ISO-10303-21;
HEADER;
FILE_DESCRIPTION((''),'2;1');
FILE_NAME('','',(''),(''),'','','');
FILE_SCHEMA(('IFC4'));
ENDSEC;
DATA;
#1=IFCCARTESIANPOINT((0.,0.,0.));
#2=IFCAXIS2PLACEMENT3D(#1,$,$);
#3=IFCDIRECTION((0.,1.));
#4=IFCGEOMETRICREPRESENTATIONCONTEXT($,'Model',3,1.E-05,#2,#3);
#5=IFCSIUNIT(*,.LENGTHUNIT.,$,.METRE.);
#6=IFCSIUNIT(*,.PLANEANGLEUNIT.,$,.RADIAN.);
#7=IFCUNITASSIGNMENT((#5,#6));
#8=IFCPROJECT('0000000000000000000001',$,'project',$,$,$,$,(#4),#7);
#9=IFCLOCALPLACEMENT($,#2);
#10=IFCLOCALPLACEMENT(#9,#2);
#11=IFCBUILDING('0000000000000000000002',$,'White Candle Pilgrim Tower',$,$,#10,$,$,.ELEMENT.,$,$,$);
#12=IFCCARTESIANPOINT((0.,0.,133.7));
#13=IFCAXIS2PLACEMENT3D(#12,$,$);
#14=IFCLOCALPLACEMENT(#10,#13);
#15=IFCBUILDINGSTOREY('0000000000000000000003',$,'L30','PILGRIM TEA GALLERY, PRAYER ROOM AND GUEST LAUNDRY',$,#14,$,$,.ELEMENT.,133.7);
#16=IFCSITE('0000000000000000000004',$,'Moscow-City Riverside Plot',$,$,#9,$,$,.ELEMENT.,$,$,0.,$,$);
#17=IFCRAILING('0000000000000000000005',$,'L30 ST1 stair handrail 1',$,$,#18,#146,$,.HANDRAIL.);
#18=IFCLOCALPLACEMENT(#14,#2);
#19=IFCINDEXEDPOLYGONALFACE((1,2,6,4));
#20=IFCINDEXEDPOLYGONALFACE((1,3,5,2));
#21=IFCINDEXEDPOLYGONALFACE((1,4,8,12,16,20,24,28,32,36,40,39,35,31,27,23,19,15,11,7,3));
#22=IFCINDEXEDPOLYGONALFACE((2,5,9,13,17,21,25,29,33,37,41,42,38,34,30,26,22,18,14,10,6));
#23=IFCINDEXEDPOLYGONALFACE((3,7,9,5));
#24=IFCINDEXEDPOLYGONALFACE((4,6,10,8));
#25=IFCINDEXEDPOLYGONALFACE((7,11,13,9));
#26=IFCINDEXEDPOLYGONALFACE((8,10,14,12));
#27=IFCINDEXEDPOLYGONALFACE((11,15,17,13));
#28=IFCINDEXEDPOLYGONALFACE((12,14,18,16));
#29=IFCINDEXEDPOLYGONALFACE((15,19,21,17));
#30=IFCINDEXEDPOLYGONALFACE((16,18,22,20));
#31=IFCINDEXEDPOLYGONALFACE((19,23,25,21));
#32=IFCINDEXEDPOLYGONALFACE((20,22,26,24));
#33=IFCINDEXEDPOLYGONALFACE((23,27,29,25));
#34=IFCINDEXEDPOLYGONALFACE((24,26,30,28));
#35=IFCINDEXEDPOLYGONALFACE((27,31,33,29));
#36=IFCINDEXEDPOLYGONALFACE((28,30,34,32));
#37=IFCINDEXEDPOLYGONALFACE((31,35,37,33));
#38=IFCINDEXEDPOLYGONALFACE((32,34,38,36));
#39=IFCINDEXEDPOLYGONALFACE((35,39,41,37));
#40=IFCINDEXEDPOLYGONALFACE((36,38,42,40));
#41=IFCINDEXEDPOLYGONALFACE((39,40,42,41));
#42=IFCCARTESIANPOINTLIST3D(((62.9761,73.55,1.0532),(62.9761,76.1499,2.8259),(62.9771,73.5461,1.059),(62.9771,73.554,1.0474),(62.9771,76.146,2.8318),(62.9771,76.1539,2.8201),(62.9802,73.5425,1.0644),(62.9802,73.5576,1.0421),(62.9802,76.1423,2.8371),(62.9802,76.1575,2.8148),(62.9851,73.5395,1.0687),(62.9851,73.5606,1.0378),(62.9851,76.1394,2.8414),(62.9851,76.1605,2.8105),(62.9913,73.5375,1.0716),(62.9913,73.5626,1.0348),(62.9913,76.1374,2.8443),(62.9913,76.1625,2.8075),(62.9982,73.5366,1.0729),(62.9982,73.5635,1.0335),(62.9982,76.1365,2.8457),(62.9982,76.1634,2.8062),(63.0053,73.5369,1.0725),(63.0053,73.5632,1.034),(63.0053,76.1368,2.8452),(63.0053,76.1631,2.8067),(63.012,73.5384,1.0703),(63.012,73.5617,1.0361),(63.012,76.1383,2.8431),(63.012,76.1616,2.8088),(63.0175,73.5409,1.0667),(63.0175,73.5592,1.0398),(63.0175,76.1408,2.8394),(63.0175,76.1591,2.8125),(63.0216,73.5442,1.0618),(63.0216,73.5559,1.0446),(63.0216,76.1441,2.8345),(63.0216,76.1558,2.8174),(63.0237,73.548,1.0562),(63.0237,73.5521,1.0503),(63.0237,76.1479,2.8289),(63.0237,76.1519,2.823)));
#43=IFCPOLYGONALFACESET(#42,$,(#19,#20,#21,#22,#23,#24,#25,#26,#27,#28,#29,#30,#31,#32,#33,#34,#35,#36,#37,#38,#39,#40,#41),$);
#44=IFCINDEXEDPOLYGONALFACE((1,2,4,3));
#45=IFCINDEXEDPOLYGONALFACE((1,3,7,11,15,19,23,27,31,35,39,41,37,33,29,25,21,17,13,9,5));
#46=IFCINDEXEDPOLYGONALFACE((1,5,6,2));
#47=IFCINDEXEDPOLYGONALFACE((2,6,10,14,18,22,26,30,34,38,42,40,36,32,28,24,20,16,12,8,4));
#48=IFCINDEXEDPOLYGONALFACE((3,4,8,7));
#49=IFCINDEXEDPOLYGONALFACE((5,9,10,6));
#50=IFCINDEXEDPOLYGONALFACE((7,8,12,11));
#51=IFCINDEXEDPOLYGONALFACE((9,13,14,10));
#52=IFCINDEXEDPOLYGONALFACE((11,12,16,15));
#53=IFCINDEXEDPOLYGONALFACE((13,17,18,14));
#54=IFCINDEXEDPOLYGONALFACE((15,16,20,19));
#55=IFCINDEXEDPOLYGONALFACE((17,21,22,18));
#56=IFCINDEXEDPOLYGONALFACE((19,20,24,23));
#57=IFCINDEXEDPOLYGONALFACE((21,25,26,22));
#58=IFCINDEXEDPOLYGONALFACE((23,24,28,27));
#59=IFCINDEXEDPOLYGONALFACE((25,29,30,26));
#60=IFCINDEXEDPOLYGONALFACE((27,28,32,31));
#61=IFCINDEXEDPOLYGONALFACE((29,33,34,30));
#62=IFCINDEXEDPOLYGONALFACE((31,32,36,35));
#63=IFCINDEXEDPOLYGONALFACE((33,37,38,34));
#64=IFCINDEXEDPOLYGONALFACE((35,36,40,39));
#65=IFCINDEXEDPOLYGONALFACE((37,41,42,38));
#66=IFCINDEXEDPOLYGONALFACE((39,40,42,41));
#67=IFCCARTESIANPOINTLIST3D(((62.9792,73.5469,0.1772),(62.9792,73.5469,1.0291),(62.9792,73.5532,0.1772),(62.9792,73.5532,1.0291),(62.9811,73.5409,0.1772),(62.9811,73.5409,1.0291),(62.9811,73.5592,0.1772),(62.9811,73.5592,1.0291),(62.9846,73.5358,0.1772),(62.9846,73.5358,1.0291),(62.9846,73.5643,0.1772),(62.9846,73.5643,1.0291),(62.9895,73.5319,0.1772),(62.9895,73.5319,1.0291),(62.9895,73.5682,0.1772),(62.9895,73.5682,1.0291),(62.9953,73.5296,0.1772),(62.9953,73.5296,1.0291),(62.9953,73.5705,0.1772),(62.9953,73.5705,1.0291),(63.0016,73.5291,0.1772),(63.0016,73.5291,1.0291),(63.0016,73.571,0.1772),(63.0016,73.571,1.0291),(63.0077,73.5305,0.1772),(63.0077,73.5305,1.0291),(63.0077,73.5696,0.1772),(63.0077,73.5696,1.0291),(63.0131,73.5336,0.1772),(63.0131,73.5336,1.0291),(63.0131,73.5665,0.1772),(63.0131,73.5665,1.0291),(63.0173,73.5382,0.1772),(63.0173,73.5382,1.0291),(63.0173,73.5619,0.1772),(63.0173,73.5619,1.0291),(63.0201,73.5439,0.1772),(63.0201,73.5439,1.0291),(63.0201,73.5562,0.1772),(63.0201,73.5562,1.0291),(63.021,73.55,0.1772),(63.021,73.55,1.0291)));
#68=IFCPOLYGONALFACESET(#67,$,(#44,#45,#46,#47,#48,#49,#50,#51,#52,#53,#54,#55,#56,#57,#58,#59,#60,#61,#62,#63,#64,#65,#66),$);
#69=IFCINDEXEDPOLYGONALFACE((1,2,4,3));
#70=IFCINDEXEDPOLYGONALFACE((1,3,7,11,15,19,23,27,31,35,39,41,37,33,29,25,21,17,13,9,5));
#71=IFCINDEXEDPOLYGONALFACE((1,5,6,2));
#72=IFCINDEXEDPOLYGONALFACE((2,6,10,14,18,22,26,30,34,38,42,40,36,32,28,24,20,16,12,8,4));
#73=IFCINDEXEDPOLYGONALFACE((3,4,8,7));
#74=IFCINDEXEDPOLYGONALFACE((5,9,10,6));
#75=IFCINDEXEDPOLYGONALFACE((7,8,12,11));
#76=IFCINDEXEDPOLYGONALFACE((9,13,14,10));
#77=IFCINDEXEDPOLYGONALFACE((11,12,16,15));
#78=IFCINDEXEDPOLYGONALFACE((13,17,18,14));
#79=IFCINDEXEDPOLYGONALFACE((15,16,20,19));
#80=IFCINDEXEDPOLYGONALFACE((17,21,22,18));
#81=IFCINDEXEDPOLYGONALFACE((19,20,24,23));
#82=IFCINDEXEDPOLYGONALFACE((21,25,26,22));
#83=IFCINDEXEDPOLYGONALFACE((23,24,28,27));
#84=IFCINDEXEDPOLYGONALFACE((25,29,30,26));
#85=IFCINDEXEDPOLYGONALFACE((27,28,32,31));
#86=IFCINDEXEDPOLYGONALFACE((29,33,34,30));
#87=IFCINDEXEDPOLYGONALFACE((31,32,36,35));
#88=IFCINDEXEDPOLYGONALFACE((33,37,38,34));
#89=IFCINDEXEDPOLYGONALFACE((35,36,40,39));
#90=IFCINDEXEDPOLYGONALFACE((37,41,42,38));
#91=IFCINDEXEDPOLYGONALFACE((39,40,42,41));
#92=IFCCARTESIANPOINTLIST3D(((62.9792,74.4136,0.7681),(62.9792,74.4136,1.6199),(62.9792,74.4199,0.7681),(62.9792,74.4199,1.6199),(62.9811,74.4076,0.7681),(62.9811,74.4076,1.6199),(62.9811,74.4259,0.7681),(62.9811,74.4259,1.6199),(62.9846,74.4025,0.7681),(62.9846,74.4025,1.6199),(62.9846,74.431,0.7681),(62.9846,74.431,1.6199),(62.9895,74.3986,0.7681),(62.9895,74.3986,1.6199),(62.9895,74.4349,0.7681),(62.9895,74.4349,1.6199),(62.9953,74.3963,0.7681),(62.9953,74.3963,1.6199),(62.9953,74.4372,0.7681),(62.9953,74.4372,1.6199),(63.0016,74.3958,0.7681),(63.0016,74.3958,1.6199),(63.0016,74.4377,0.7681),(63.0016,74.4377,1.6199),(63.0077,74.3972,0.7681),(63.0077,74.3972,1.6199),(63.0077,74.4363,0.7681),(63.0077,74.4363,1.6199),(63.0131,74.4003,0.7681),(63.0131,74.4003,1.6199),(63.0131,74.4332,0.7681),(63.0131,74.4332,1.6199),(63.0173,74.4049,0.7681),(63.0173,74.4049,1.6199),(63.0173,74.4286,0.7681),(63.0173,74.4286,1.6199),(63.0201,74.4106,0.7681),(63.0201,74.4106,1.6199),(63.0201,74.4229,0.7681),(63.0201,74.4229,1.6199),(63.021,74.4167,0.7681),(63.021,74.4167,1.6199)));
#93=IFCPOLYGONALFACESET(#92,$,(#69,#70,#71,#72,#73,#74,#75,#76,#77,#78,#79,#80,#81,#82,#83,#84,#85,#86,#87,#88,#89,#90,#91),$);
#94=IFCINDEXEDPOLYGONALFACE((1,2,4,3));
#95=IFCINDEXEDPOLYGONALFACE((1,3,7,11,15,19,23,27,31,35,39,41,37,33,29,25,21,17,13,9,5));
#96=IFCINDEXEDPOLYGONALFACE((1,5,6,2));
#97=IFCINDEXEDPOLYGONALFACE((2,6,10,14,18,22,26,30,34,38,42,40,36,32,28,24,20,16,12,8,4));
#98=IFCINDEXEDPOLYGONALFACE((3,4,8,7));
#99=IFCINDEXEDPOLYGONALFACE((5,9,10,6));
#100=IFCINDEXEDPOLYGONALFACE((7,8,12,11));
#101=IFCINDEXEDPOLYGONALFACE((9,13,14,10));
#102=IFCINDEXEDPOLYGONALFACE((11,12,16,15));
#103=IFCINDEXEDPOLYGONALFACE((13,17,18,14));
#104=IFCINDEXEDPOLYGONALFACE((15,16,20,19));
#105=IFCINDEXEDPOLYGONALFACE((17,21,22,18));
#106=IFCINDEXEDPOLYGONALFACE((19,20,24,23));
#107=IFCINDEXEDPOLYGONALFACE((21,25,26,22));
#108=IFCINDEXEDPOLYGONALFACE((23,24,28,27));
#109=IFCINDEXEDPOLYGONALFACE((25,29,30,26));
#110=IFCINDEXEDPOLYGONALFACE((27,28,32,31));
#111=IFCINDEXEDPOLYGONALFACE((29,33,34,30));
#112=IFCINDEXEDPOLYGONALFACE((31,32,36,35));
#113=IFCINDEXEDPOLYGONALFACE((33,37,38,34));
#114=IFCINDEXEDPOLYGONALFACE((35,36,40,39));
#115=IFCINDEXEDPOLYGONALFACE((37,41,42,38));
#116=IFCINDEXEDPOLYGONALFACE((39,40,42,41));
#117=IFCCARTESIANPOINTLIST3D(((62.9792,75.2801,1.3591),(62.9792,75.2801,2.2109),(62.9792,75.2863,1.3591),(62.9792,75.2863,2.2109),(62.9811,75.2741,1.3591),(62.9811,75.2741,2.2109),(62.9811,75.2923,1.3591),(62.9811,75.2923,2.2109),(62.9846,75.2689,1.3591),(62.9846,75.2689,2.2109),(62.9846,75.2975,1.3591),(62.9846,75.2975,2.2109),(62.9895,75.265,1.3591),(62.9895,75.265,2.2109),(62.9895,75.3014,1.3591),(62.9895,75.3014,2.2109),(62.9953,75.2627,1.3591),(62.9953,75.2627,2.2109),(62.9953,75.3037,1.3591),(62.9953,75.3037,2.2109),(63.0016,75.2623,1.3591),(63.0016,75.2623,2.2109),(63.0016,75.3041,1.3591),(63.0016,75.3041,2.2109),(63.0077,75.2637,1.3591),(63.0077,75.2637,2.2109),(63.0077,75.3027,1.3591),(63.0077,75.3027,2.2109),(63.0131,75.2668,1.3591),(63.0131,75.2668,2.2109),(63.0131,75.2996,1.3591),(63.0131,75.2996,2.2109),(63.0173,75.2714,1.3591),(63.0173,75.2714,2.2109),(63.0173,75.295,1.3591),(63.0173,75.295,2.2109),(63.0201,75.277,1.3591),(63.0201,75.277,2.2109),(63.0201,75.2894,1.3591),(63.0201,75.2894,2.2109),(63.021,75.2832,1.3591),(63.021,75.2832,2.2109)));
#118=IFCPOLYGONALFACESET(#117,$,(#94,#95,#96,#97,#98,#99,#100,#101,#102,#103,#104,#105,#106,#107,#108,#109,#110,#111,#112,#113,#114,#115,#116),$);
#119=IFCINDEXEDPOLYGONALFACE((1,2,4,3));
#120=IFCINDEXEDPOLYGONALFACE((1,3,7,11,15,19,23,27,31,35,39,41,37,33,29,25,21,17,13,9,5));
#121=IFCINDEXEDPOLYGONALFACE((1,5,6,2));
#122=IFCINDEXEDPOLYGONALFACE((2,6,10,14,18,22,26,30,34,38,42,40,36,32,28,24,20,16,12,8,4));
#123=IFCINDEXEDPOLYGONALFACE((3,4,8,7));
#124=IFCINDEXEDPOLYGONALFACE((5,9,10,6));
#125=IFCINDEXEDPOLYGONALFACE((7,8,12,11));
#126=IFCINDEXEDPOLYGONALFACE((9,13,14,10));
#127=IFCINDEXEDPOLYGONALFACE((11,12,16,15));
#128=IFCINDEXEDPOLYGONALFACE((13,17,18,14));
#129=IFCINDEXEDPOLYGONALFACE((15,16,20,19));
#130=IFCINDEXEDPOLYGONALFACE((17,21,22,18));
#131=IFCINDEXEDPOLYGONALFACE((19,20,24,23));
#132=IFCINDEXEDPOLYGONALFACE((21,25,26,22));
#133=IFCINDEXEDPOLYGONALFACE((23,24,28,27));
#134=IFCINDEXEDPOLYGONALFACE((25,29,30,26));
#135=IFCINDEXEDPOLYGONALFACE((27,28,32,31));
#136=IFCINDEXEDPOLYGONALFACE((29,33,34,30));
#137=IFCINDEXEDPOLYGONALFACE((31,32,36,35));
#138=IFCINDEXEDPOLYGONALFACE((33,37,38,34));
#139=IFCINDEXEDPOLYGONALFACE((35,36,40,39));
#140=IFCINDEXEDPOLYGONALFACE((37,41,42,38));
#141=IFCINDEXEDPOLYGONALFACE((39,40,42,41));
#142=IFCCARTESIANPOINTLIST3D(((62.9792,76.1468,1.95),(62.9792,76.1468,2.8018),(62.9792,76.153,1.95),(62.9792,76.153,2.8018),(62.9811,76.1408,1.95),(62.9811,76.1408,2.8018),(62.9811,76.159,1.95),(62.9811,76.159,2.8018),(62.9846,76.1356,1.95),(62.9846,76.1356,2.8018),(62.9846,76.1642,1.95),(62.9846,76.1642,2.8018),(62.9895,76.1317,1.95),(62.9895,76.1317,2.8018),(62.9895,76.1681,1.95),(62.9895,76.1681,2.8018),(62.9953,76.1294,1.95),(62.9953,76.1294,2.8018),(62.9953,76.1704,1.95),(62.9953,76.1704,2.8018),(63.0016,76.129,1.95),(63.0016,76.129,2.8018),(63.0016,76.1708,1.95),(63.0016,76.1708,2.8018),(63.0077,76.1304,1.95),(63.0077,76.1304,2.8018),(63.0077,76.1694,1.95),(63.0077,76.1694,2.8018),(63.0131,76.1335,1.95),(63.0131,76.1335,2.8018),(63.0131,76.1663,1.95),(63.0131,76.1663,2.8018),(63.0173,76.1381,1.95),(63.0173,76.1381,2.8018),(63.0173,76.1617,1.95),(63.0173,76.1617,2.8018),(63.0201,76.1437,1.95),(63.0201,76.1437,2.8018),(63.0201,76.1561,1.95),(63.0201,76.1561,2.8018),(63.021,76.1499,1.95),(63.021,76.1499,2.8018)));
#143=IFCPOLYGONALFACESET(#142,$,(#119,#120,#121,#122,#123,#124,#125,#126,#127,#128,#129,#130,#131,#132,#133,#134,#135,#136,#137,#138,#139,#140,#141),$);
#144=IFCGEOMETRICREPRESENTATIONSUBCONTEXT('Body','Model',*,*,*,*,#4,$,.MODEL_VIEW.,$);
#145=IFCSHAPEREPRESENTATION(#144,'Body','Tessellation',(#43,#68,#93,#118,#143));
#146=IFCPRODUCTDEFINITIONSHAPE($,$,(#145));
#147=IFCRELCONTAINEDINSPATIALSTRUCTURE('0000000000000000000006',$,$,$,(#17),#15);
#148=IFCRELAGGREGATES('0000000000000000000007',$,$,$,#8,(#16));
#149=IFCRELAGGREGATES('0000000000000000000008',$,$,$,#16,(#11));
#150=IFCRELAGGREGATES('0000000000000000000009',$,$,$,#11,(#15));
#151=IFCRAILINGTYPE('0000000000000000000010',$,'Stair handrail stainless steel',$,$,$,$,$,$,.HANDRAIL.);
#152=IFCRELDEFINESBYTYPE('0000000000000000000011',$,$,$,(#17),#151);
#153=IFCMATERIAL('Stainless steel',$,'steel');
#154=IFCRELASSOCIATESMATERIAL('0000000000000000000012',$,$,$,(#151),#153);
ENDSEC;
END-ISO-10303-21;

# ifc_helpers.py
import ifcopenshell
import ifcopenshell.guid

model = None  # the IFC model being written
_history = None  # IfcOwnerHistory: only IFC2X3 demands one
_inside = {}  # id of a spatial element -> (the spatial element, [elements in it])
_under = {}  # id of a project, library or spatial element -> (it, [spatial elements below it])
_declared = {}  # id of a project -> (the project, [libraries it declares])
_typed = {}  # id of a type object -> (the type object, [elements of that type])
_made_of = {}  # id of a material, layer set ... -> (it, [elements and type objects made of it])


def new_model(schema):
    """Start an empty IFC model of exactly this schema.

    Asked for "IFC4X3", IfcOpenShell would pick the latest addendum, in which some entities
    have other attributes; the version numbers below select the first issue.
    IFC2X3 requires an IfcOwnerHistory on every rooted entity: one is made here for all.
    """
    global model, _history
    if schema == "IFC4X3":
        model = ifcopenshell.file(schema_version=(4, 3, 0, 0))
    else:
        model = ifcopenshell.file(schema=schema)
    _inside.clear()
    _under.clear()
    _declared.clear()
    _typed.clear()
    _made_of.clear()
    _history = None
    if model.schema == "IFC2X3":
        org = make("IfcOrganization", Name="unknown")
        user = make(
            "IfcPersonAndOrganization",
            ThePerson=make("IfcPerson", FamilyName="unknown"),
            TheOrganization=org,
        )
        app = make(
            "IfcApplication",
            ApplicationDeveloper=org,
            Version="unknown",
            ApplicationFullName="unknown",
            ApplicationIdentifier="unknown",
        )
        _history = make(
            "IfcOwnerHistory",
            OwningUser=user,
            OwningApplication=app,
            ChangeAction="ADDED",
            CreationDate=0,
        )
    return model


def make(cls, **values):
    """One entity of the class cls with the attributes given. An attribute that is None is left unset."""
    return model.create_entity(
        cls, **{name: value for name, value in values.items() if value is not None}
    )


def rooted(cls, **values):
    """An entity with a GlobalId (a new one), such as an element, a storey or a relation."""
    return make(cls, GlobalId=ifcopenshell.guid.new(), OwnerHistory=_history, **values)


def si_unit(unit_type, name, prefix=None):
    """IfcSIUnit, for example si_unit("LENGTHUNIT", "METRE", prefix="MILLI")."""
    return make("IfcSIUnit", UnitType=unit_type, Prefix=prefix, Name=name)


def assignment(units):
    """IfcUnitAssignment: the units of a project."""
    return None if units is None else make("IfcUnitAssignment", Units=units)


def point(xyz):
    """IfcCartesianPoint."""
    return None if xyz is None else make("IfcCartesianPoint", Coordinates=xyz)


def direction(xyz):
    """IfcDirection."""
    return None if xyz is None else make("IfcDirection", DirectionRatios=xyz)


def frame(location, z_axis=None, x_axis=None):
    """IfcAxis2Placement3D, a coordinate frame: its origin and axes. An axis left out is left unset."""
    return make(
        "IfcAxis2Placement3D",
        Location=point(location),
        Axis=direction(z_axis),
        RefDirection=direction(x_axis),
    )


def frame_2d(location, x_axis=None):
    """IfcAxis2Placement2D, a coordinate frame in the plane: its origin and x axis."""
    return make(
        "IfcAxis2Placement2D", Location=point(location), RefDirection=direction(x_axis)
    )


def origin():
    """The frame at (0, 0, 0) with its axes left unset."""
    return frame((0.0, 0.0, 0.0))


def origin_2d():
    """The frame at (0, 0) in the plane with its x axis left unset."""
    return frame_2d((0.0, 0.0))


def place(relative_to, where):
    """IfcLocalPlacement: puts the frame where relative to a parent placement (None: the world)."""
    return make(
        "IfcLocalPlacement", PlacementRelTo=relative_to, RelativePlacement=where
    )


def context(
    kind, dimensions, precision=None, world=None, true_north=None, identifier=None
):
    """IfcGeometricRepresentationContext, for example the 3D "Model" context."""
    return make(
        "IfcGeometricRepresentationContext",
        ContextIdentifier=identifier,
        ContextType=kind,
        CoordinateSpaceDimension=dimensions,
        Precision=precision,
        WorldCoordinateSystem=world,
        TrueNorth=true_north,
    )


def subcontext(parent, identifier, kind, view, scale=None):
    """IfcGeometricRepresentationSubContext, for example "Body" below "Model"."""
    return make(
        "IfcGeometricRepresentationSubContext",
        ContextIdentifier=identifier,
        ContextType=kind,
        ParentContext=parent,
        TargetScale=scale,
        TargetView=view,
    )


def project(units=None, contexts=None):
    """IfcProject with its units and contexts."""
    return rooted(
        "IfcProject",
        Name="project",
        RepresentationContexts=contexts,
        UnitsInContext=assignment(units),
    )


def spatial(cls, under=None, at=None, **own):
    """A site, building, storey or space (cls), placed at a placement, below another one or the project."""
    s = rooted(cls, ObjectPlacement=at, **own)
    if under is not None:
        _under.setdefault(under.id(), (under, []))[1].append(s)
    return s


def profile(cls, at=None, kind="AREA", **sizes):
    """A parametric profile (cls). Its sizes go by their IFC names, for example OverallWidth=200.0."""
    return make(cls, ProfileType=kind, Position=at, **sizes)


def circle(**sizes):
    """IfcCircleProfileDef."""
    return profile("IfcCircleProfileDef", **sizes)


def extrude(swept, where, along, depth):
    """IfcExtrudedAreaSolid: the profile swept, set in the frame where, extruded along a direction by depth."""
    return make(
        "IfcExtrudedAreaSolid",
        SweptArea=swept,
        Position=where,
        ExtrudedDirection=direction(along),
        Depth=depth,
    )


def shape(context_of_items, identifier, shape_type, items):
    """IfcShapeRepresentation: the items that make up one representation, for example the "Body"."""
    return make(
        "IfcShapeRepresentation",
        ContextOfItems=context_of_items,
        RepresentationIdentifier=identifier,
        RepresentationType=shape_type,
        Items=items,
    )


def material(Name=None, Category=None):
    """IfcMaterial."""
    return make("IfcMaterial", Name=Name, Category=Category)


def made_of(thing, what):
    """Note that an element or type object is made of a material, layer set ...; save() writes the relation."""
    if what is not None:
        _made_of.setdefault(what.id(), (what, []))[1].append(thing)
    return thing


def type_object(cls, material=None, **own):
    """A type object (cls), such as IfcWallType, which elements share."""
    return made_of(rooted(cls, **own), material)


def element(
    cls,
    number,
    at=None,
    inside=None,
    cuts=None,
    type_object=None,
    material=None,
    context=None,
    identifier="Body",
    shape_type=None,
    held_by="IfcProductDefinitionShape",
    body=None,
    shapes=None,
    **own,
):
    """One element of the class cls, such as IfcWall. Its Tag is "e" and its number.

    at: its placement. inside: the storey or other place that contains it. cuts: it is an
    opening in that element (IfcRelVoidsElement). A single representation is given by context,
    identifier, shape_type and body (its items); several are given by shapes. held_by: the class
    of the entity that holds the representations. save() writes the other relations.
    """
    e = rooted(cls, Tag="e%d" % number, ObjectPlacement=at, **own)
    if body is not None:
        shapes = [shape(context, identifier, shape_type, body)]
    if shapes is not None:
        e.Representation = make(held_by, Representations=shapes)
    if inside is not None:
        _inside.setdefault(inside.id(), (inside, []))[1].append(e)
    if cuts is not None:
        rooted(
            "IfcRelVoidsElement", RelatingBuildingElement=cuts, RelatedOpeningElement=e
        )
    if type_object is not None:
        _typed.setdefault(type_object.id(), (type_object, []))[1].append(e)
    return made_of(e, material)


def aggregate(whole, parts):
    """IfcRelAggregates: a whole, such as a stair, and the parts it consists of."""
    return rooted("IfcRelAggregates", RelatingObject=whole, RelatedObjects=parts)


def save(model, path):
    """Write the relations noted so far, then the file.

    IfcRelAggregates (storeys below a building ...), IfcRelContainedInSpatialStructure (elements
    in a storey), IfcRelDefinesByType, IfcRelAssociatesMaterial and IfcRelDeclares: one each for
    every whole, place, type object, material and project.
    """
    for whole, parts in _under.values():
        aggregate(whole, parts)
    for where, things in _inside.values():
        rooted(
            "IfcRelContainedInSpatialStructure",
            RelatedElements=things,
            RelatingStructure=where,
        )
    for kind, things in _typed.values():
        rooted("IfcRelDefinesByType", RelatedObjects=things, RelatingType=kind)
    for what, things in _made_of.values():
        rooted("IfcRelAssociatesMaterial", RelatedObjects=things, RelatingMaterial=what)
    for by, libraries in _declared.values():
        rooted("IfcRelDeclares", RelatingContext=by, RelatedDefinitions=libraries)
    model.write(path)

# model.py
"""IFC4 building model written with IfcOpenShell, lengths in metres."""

from ifc_helpers import new_model, si_unit, direction, frame, origin, origin_2d, place, context, subcontext, project, spatial, circle, extrude, material, type_object, element, save


model = new_model("IFC4")

# Units and contexts
model_context = context("Model", 3, precision=1e-05, world=origin(), true_north=direction((0.0, 1.0)))
body_context = subcontext(model_context, "Body", "Model", "MODEL_VIEW")
ifc_project = project(units=[si_unit("LENGTHUNIT", "METRE"), si_unit("PLANEANGLEUNIT", "RADIAN")], contexts=[model_context])

# Site, building, storey
site_placement = place(None, origin())
site = spatial("IfcSite", under=ifc_project, at=site_placement, Name="Moscow-City Riverside Plot", CompositionType="ELEMENT", RefElevation=0.0)
building_placement = place(site_placement, origin())
building = spatial("IfcBuilding", under=site, at=building_placement, Name="White Candle Pilgrim Tower", CompositionType="ELEMENT")
storey_placement = place(building_placement, frame((0.0, 0.0, 133.7)))
storey = spatial("IfcBuildingStorey", under=building, at=storey_placement, Name="L30", Description="PILGRIM TEA GALLERY, PRAYER ROOM AND GUEST LAUNDRY", CompositionType="ELEMENT", Elevation=133.7)

# Shared definitions
ifc_material_1 = material(Name="Stainless steel", Category="steel")

# Railing
railing_type_1 = type_object("IfcRailingType", Name="Stair handrail stainless steel", PredefinedType="HANDRAIL", material=ifc_material_1)
railing_1_placement = place(storey_placement, frame((63.0, 73.55, 0.1772)))
element("IfcRailing", 1, at=railing_1_placement, inside=storey, type_object=railing_type_1, Name="L30 ST1 stair handrail 1", PredefinedType="HANDRAIL", context=body_context, shape_type="SweptSolid", body=[
    extrude(circle(Radius=0.0239, at=origin_2d()), frame((0.0, 0.0, 0.876), z_axis=(0.0, 0.826216, 0.563354), x_axis=(-1.0, 0.0, 0.0)), (0.0, 0.0, 1.0), 3.1467),
    extrude(circle(Radius=0.021, at=origin_2d()), origin(), (0.0, 0.0, 1.0), 0.8518),
    extrude(circle(Radius=0.021, at=origin_2d()), frame((0.0, 0.8667, 0.5908)), (0.0, 0.0, 1.0), 0.8518),
    extrude(circle(Radius=0.021, at=origin_2d()), frame((0.0, 1.7332, 1.1819)), (0.0, 0.0, 1.0), 0.8518),
    extrude(circle(Radius=0.021, at=origin_2d()), frame((0.0, 2.5999, 1.7727)), (0.0, 0.0, 1.0), 0.8518),
])

save(model, "model.ifc")
